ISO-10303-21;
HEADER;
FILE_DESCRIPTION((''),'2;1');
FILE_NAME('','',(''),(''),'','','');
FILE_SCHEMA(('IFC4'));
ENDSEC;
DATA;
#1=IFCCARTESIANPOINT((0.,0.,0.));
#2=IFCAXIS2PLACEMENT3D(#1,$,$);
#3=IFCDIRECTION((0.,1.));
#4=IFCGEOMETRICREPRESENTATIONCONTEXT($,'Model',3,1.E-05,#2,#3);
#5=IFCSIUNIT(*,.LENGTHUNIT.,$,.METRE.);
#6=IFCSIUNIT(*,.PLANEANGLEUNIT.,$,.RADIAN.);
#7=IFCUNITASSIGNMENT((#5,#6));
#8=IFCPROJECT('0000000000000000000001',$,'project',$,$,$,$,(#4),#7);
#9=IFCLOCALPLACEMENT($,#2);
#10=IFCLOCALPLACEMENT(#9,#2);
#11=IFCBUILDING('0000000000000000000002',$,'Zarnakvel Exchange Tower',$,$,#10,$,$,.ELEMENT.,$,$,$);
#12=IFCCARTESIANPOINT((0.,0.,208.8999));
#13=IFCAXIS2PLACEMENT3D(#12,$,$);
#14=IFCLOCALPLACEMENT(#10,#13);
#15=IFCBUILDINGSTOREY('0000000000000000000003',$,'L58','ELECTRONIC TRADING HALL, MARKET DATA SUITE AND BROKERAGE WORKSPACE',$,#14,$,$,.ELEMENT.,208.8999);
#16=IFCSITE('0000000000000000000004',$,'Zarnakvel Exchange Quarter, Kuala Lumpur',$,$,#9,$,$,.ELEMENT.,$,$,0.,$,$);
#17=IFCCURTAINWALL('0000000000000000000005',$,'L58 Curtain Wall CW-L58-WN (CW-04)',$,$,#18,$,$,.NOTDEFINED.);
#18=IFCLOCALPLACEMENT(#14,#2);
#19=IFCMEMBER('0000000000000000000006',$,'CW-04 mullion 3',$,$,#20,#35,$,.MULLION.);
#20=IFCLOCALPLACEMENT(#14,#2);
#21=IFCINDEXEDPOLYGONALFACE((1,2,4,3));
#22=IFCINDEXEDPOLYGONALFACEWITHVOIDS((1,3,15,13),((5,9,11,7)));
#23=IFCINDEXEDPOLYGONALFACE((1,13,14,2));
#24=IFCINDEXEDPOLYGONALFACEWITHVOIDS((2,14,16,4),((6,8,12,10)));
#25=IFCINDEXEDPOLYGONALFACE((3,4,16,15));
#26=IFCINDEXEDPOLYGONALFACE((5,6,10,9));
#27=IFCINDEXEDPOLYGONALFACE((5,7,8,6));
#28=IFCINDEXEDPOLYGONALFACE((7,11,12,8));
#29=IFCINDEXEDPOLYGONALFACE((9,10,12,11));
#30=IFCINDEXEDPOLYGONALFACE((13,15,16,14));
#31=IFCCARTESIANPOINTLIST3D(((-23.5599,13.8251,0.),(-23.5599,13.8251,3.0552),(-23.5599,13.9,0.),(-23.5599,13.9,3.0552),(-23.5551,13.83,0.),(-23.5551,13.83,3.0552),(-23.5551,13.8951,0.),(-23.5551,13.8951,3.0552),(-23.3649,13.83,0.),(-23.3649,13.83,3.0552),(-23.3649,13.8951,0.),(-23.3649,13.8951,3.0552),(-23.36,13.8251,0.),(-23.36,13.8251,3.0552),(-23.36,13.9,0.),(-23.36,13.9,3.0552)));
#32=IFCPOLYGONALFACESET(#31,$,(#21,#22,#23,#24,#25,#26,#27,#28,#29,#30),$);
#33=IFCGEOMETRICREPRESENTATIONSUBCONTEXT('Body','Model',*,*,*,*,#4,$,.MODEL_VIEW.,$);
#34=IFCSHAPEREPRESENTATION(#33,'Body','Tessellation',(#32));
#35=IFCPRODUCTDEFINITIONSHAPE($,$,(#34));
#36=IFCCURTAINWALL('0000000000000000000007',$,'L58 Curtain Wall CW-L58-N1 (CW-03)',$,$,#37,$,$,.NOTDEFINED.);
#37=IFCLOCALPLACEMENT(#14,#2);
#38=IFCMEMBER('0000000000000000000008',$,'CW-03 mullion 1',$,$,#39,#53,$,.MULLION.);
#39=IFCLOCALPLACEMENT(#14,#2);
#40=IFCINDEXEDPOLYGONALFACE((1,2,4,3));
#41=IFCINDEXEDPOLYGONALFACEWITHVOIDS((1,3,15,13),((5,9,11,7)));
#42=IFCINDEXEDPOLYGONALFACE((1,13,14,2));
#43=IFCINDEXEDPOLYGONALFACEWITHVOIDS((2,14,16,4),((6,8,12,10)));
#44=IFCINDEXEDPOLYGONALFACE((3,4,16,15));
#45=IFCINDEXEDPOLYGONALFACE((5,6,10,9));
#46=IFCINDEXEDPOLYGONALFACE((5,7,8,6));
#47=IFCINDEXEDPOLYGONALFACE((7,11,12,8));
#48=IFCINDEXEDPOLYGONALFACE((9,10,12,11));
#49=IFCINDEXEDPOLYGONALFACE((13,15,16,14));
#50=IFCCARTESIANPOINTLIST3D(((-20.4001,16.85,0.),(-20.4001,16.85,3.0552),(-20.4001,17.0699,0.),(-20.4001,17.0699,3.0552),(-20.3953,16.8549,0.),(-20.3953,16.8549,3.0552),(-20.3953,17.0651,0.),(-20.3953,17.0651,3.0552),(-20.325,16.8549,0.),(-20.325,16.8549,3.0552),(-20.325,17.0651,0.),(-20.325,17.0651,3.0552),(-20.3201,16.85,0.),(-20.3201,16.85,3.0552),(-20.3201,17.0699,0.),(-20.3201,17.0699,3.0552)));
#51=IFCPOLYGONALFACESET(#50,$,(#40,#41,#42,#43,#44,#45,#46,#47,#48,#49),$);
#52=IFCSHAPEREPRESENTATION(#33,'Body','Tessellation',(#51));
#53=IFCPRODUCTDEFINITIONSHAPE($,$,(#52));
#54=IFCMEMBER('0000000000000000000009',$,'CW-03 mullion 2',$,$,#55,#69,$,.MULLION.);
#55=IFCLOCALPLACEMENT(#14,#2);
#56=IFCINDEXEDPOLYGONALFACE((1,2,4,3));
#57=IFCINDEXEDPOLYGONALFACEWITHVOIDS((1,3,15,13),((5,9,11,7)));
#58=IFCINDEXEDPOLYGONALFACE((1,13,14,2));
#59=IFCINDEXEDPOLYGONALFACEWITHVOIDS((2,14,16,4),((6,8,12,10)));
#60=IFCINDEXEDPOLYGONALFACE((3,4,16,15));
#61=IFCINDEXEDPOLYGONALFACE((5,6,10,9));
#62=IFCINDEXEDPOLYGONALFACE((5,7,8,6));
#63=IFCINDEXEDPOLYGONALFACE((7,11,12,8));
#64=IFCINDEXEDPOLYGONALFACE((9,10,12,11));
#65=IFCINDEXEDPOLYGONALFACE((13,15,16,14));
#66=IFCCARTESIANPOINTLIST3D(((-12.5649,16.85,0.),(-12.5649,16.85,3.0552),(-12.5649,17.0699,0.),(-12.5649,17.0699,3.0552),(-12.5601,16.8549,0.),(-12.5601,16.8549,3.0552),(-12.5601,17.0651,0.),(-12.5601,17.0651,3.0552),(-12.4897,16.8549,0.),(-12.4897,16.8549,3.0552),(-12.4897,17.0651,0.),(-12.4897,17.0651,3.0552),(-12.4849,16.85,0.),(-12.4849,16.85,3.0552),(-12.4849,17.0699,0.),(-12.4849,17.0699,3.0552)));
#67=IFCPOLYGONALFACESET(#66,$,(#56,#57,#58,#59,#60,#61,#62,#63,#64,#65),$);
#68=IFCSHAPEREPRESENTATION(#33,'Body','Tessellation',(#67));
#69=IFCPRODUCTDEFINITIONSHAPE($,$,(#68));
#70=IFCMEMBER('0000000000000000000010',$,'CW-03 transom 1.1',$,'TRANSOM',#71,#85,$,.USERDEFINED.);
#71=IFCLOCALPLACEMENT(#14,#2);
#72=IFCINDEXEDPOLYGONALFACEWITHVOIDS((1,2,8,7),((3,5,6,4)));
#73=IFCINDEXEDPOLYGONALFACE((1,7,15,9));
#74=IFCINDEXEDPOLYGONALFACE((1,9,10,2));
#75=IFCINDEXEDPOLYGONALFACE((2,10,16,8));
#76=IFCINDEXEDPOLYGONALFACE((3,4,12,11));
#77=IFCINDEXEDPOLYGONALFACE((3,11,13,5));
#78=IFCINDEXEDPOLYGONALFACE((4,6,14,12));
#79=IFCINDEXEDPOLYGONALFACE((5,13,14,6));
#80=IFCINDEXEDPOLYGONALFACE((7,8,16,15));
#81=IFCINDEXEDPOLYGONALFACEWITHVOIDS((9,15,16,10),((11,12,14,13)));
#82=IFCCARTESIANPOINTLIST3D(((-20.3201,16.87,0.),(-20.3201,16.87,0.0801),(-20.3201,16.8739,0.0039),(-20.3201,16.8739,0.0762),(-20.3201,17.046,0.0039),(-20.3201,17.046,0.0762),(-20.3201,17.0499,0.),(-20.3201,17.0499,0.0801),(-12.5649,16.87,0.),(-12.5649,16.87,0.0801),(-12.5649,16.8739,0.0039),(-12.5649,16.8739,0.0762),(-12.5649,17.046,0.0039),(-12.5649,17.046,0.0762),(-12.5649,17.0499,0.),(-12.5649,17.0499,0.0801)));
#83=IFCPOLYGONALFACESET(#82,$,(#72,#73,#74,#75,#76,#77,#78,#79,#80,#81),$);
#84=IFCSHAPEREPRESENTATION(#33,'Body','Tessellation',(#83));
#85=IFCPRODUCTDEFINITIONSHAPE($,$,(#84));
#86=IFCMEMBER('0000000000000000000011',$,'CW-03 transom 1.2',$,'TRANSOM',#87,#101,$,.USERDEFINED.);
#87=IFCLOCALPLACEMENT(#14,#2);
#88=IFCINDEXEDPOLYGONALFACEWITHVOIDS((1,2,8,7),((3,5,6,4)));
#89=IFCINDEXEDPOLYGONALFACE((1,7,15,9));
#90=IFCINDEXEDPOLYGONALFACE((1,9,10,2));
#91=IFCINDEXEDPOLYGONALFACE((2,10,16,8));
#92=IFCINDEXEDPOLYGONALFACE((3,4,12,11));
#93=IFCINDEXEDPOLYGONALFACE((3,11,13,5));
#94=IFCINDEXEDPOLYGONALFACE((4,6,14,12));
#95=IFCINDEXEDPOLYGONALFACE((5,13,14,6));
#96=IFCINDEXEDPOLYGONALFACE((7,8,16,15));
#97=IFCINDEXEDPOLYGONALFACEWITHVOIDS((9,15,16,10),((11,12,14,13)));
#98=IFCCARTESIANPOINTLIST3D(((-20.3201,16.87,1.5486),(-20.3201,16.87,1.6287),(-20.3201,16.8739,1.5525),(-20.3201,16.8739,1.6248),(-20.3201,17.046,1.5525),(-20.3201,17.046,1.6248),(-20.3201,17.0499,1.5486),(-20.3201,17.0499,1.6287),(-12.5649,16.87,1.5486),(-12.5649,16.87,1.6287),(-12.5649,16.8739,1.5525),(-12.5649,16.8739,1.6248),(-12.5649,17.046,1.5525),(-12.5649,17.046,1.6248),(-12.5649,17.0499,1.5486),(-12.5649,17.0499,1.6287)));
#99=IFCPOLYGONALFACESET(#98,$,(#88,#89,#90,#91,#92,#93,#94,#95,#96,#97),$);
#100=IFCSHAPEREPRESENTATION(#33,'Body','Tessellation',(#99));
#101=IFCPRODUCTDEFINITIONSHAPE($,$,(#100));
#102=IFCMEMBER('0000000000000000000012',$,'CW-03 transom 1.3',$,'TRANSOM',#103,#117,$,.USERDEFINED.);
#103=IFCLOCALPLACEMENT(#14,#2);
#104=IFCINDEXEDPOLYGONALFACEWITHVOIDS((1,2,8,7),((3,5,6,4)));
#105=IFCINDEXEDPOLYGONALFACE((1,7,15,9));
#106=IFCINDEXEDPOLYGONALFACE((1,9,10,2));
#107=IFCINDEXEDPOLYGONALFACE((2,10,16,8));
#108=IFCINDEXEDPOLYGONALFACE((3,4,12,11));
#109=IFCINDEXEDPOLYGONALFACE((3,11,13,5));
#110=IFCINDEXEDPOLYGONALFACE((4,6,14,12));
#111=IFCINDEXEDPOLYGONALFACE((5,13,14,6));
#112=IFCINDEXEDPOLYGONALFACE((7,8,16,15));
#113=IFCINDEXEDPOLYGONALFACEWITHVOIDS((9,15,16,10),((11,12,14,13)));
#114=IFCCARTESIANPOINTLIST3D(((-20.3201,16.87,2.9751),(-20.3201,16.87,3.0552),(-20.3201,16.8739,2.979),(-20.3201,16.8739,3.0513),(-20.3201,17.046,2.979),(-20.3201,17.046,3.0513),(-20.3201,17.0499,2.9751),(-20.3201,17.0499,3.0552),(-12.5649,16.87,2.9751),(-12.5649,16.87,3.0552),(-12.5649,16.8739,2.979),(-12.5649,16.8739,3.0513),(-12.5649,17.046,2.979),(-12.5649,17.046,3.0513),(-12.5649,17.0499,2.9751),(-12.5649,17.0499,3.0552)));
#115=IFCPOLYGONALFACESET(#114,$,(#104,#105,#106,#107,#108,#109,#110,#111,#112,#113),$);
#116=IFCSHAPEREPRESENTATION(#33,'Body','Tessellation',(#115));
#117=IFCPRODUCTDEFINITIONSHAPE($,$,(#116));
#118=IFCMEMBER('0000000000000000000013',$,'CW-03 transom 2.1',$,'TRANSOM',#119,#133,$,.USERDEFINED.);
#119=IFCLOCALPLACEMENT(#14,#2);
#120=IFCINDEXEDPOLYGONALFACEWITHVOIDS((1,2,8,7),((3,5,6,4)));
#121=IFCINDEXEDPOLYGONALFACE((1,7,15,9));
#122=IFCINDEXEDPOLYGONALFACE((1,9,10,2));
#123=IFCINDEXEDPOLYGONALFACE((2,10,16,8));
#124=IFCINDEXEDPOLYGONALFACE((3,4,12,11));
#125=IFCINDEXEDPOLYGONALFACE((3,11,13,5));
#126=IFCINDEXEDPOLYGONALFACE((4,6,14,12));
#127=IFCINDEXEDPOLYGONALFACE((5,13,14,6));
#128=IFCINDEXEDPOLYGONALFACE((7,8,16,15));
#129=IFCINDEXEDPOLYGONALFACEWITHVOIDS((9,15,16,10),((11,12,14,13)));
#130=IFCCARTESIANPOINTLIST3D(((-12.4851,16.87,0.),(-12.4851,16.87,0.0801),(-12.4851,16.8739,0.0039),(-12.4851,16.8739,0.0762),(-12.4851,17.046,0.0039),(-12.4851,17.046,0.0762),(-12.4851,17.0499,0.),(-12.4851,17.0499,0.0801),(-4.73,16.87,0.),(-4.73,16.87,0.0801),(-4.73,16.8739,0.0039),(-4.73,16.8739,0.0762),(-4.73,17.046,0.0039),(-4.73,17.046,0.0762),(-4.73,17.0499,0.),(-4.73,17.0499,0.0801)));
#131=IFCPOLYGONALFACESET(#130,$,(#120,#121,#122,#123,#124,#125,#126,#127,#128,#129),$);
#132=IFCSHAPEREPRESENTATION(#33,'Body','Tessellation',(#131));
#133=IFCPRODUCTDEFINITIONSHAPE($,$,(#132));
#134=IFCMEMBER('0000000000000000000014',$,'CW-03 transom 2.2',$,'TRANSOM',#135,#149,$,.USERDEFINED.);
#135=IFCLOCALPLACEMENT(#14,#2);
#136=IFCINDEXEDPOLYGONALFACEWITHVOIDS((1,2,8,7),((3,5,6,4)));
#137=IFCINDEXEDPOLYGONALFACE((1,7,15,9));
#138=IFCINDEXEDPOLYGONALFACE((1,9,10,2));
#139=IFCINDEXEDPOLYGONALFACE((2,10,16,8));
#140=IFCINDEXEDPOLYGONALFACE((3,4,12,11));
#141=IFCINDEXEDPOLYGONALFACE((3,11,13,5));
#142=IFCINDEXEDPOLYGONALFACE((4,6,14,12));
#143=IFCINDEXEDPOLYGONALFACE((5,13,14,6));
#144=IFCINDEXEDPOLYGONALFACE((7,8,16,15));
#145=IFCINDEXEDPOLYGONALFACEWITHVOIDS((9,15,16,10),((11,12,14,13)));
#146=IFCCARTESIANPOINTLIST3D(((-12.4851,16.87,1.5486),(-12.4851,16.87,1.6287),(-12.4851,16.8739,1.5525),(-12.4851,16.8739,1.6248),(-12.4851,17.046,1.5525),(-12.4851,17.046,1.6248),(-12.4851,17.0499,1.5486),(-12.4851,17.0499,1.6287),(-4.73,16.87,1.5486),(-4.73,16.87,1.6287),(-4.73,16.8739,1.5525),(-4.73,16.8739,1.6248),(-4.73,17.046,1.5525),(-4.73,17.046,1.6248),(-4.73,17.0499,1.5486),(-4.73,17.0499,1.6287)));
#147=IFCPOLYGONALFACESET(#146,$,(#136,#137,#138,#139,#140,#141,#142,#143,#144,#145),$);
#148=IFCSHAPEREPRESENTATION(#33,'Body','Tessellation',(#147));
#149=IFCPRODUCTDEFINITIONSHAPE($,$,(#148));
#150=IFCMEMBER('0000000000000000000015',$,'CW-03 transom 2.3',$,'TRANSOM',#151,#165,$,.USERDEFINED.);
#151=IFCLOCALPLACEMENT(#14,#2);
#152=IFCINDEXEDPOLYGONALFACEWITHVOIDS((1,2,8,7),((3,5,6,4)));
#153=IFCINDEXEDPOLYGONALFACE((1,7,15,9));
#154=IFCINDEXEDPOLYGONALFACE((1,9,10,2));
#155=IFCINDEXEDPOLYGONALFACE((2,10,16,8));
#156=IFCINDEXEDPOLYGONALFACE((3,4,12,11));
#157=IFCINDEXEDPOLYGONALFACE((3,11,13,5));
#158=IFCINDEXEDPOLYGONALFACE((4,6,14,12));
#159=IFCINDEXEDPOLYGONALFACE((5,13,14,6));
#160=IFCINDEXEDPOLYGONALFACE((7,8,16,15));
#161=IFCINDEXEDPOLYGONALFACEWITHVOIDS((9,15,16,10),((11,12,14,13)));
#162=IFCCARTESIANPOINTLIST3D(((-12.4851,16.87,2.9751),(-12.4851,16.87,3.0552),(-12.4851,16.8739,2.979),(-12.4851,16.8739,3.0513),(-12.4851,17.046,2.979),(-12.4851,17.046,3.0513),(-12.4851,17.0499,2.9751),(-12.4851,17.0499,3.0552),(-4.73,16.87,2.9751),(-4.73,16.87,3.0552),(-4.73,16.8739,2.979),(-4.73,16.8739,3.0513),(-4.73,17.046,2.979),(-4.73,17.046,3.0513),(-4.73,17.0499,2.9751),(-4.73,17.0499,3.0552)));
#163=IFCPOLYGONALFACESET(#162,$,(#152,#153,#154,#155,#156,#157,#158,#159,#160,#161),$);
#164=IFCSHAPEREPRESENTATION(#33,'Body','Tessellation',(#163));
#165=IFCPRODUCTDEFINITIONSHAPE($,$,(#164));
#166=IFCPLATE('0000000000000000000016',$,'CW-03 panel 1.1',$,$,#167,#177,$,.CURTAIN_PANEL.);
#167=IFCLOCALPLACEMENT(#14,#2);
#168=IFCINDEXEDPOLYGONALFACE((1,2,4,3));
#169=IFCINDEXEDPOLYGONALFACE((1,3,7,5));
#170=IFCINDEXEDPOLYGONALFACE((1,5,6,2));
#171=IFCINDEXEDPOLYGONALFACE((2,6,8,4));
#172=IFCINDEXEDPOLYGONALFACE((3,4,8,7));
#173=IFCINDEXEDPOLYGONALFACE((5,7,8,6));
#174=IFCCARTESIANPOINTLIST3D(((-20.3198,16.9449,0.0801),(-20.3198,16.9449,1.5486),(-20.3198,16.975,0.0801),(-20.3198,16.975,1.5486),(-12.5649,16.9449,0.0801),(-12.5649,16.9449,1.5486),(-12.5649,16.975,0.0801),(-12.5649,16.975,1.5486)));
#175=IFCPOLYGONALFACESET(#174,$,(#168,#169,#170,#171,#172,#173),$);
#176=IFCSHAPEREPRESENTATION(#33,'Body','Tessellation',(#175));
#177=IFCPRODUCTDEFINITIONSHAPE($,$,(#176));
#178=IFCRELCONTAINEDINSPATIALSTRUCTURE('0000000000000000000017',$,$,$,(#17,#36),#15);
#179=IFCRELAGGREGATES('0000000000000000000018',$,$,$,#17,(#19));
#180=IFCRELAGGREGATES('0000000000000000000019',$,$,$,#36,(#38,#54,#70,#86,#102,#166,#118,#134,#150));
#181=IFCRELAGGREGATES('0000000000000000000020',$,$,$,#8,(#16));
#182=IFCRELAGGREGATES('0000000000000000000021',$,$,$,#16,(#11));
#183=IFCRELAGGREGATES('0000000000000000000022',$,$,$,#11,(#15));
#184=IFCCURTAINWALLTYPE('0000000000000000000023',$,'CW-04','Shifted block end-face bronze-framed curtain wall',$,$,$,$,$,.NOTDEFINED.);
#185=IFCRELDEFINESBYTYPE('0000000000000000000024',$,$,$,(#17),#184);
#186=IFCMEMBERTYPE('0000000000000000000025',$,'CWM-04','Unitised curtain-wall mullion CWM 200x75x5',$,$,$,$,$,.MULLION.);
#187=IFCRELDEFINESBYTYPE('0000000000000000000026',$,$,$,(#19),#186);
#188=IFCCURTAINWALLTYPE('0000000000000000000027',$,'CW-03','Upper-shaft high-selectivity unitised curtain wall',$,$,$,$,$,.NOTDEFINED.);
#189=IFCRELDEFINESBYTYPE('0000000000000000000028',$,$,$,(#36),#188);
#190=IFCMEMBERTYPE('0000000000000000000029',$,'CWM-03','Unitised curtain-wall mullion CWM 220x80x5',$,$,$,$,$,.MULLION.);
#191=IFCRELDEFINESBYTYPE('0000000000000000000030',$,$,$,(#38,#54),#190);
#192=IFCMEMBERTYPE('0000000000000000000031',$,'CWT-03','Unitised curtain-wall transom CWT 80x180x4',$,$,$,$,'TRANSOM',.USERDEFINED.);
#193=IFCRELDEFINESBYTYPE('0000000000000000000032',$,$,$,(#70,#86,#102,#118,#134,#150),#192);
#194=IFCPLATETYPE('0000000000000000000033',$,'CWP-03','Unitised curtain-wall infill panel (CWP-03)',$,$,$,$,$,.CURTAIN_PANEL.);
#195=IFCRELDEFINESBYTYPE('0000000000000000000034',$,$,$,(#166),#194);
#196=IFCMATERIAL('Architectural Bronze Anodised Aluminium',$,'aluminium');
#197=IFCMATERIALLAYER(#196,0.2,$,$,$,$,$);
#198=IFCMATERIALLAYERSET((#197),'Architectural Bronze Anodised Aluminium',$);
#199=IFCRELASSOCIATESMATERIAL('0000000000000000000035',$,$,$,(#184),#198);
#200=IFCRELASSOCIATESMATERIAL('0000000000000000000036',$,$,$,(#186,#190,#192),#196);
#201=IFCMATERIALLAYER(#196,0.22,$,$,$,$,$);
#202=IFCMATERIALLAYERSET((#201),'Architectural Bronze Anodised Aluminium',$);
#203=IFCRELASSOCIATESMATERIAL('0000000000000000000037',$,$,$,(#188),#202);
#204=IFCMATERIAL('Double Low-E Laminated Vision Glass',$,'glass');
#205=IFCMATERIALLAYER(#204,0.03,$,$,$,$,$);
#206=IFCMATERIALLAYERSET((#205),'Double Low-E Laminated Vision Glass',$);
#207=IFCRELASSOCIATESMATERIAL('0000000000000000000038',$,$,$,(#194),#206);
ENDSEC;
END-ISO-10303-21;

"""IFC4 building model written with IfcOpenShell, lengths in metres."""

from ifc_helpers import new_model, si_unit, direction, frame, origin, origin_2d, place, context, subcontext, project, spatial, rectangle, hollow_rectangle, extrude, source, transform, mapped, material, layer, layer_set, material_profile, profile_set, type_object, element, aggregate, save


model = new_model("IFC4")

# Units and contexts
model_context = context("Model", 3, precision=1e-05, world=origin(), true_north=direction((0.0, 1.0)))
body_context = subcontext(model_context, "Body", "Model", "MODEL_VIEW")
ifc_project = project(units=[si_unit("LENGTHUNIT", "METRE"), si_unit("PLANEANGLEUNIT", "RADIAN")], contexts=[model_context])

# Site, building, storey
site_placement = place(None, origin())
site = spatial("IfcSite", under=ifc_project, at=site_placement, Name="Zarnakvel Exchange Quarter, Kuala Lumpur", CompositionType="ELEMENT", RefElevation=0.0)
building_placement = place(site_placement, origin())
building = spatial("IfcBuilding", under=site, at=building_placement, Name="Zarnakvel Exchange Tower", CompositionType="ELEMENT")
storey_placement = place(building_placement, frame((0.0, 0.0, 208.8999)))
storey = spatial("IfcBuildingStorey", under=building, at=storey_placement, Name="L58", Description="ELECTRONIC TRADING HALL, MARKET DATA SUITE AND BROKERAGE WORKSPACE", CompositionType="ELEMENT", Elevation=208.8999)

# Curtain wall, member
ifc_material_1 = material(Name="Architectural Bronze Anodised Aluminium", Category="aluminium")
ifc_layer_1 = layer(ifc_material_1, 0.2)
ifc_layer_set_1 = layer_set([ifc_layer_1], Name="Architectural Bronze Anodised Aluminium")
curtain_wall_type_1 = type_object("IfcCurtainWallType", Name="CW-04", Description="Shifted block end-face bronze-framed curtain wall", PredefinedType="NOTDEFINED", material=ifc_layer_set_1)
curtain_wall_1_placement = place(storey_placement, origin())
curtain_wall_1 = element("IfcCurtainWall", 1, at=curtain_wall_1_placement, inside=storey, type_object=curtain_wall_type_1, Name="L58 Curtain Wall CW-L58-WN (CW-04)", PredefinedType="NOTDEFINED")
ifc_material_profile_1 = material_profile(ifc_material_1, hollow_rectangle(XDim=0.2, YDim=0.075, WallThickness=0.0049, at=origin_2d()))
ifc_profile_set_1 = profile_set([ifc_material_profile_1], Name="Architectural Bronze Anodised Aluminium")
member_type_1 = type_object("IfcMemberType", Name="CWM-04", Description="Unitised curtain-wall mullion CWM 200x75x5", PredefinedType="MULLION", material=ifc_profile_set_1)
shared_shape_1 = source(origin(), body_context, "Body", "SweptSolid", [
    extrude(hollow_rectangle(XDim=0.2, YDim=0.075, WallThickness=0.0049, at=origin_2d()), origin(), (0.0, 0.0, 1.0), 3.0552),
])
member_1_placement = place(storey_placement, frame((-23.46, 13.8625, 0.0), z_axis=(0.0, 0.0, 1.0), x_axis=(-1.0, 0.0, 0.0)))
member_1 = element("IfcMember", 2, at=member_1_placement, type_object=member_type_1, Name="CW-04 mullion 3", PredefinedType="MULLION", context=body_context, shape_type="MappedRepresentation", body=[
    mapped(shared_shape_1, transform((0.0, 0.0, 0.0), x_axis=(1.0, 0.0, 0.0), y_axis=(0.0, 1.0, 0.0), z_axis=(0.0, 0.0, 1.0), scale=1.0)),
])
aggregate(curtain_wall_1, [member_1])

# Curtain wall, members, plate
ifc_layer_2 = layer(ifc_material_1, 0.22)
ifc_layer_set_2 = layer_set([ifc_layer_2], Name="Architectural Bronze Anodised Aluminium")
curtain_wall_type_2 = type_object("IfcCurtainWallType", Name="CW-03", Description="Upper-shaft high-selectivity unitised curtain wall", PredefinedType="NOTDEFINED", material=ifc_layer_set_2)
curtain_wall_2_placement = place(storey_placement, origin())
curtain_wall_2 = element("IfcCurtainWall", 3, at=curtain_wall_2_placement, inside=storey, type_object=curtain_wall_type_2, Name="L58 Curtain Wall CW-L58-N1 (CW-03)", PredefinedType="NOTDEFINED")
ifc_material_profile_2 = material_profile(ifc_material_1, hollow_rectangle(XDim=0.22, YDim=0.0801, WallThickness=0.0049, at=origin_2d()))
ifc_profile_set_2 = profile_set([ifc_material_profile_2], Name="Architectural Bronze Anodised Aluminium")
member_type_2 = type_object("IfcMemberType", Name="CWM-03", Description="Unitised curtain-wall mullion CWM 220x80x5", PredefinedType="MULLION", material=ifc_profile_set_2)
shared_shape_2 = source(origin(), body_context, "Body", "SweptSolid", [
    extrude(hollow_rectangle(XDim=0.22, YDim=0.0801, WallThickness=0.0049, at=origin_2d()), origin(), (0.0, 0.0, 1.0), 3.0552),
])
member_2_placement = place(storey_placement, frame((-20.3601, 16.96, 0.0), z_axis=(0.0, 0.0, 1.0), x_axis=(0.0, 1.0, 0.0)))
member_2 = element("IfcMember", 4, at=member_2_placement, type_object=member_type_2, Name="CW-03 mullion 1", PredefinedType="MULLION", context=body_context, shape_type="MappedRepresentation", body=[
    mapped(shared_shape_2, transform((0.0, 0.0, 0.0), x_axis=(1.0, 0.0, 0.0), y_axis=(0.0, 1.0, 0.0), z_axis=(0.0, 0.0, 1.0), scale=1.0)),
])
member_3_placement = place(storey_placement, frame((-12.5249, 16.96, 0.0), z_axis=(0.0, 0.0, 1.0), x_axis=(0.0, 1.0, 0.0)))
member_3 = element("IfcMember", 5, at=member_3_placement, type_object=member_type_2, Name="CW-03 mullion 2", PredefinedType="MULLION", context=body_context, shape_type="MappedRepresentation", body=[
    mapped(shared_shape_2, transform((0.0, 0.0, 0.0), x_axis=(1.0, 0.0, 0.0), y_axis=(0.0, 1.0, 0.0), z_axis=(0.0, 0.0, 1.0), scale=1.0)),
])
ifc_material_profile_3 = material_profile(ifc_material_1, hollow_rectangle(XDim=0.1799, YDim=0.0801, WallThickness=0.0039, at=origin_2d()))
ifc_profile_set_3 = profile_set([ifc_material_profile_3], Name="Architectural Bronze Anodised Aluminium")
member_type_3 = type_object("IfcMemberType", Name="CWT-03", Description="Unitised curtain-wall transom CWT 80x180x4", ElementType="TRANSOM", PredefinedType="USERDEFINED", material=ifc_profile_set_3)
shared_shape_3 = source(origin(), body_context, "Body", "SweptSolid", [
    extrude(hollow_rectangle(XDim=0.1799, YDim=0.0801, WallThickness=0.0039, at=origin_2d()), origin(), (0.0, 0.0, 1.0), 7.7551),
])
member_4_placement = place(storey_placement, frame((-20.3201, 16.96, 0.04), z_axis=(1.0, 0.0, 0.0), x_axis=(0.0, 1.0, 0.0)))
member_4 = element("IfcMember", 6, at=member_4_placement, type_object=member_type_3, Name="CW-03 transom 1.1", ObjectType="TRANSOM", PredefinedType="USERDEFINED", context=body_context, shape_type="MappedRepresentation", body=[
    mapped(shared_shape_3, transform((0.0, 0.0, 0.0), x_axis=(1.0, 0.0, 0.0), y_axis=(0.0, 1.0, 0.0), z_axis=(0.0, 0.0, 1.0), scale=1.0)),
])
member_5_placement = place(storey_placement, frame((-20.3201, 16.96, 1.5886), z_axis=(1.0, 0.0, 0.0), x_axis=(0.0, 1.0, 0.0)))
member_5 = element("IfcMember", 7, at=member_5_placement, type_object=member_type_3, Name="CW-03 transom 1.2", ObjectType="TRANSOM", PredefinedType="USERDEFINED", context=body_context, shape_type="MappedRepresentation", body=[
    mapped(shared_shape_3, transform((0.0, 0.0, 0.0), x_axis=(1.0, 0.0, 0.0), y_axis=(0.0, 1.0, 0.0), z_axis=(0.0, 0.0, 1.0), scale=1.0)),
])
member_6_placement = place(storey_placement, frame((-20.3201, 16.96, 3.0151), z_axis=(1.0, 0.0, 0.0), x_axis=(0.0, 1.0, 0.0)))
member_6 = element("IfcMember", 8, at=member_6_placement, type_object=member_type_3, Name="CW-03 transom 1.3", ObjectType="TRANSOM", PredefinedType="USERDEFINED", context=body_context, shape_type="MappedRepresentation", body=[
    mapped(shared_shape_3, transform((0.0, 0.0, 0.0), x_axis=(1.0, 0.0, 0.0), y_axis=(0.0, 1.0, 0.0), z_axis=(0.0, 0.0, 1.0), scale=1.0)),
])
member_7_placement = place(storey_placement, frame((-12.4851, 16.96, 0.04), z_axis=(1.0, 0.0, 0.0), x_axis=(0.0, 1.0, 0.0)))
member_7 = element("IfcMember", 9, at=member_7_placement, type_object=member_type_3, Name="CW-03 transom 2.1", ObjectType="TRANSOM", PredefinedType="USERDEFINED", context=body_context, shape_type="MappedRepresentation", body=[
    mapped(shared_shape_3, transform((0.0, 0.0, 0.0), x_axis=(1.0, 0.0, 0.0), y_axis=(0.0, 1.0, 0.0), z_axis=(0.0, 0.0, 1.0), scale=1.0)),
])
member_8_placement = place(storey_placement, frame((-12.4851, 16.96, 1.5886), z_axis=(1.0, 0.0, 0.0), x_axis=(0.0, 1.0, 0.0)))
member_8 = element("IfcMember", 10, at=member_8_placement, type_object=member_type_3, Name="CW-03 transom 2.2", ObjectType="TRANSOM", PredefinedType="USERDEFINED", context=body_context, shape_type="MappedRepresentation", body=[
    mapped(shared_shape_3, transform((0.0, 0.0, 0.0), x_axis=(1.0, 0.0, 0.0), y_axis=(0.0, 1.0, 0.0), z_axis=(0.0, 0.0, 1.0), scale=1.0)),
])
member_9_placement = place(storey_placement, frame((-12.4851, 16.96, 3.0151), z_axis=(1.0, 0.0, 0.0), x_axis=(0.0, 1.0, 0.0)))
member_9 = element("IfcMember", 11, at=member_9_placement, type_object=member_type_3, Name="CW-03 transom 2.3", ObjectType="TRANSOM", PredefinedType="USERDEFINED", context=body_context, shape_type="MappedRepresentation", body=[
    mapped(shared_shape_3, transform((0.0, 0.0, 0.0), x_axis=(1.0, 0.0, 0.0), y_axis=(0.0, 1.0, 0.0), z_axis=(0.0, 0.0, 1.0), scale=1.0)),
])
ifc_material_2 = material(Name="Double Low-E Laminated Vision Glass", Category="glass")
ifc_layer_3 = layer(ifc_material_2, 0.03)
ifc_layer_set_3 = layer_set([ifc_layer_3], Name="Double Low-E Laminated Vision Glass")
plate_type = type_object("IfcPlateType", Name="CWP-03", Description="Unitised curtain-wall infill panel (CWP-03)", PredefinedType="CURTAIN_PANEL", material=ifc_layer_set_3)
shared_shape_4 = source(origin(), body_context, "Body", "SweptSolid", [
    extrude(rectangle(XDim=7.7549, YDim=0.03, at=origin_2d()), origin(), (0.0, 0.0, 1.0), 1.4685),
])
plate_1_placement = place(storey_placement, frame((-16.4424, 16.96, 0.0801), z_axis=(0.0, 0.0, 1.0), x_axis=(1.0, 0.0, 0.0)))
plate_1 = element("IfcPlate", 12, at=plate_1_placement, type_object=plate_type, Name="CW-03 panel 1.1", PredefinedType="CURTAIN_PANEL", context=body_context, shape_type="MappedRepresentation", body=[
    mapped(shared_shape_4, transform((0.0, 0.0, 0.0), x_axis=(1.0, 0.0, 0.0), y_axis=(0.0, 1.0, 0.0), z_axis=(0.0, 0.0, 1.0), scale=1.0)),
])
aggregate(curtain_wall_2, [member_2, member_3, member_4, member_5, member_6, plate_1, member_7, member_8, member_9])

save(model, "model.ifc")
